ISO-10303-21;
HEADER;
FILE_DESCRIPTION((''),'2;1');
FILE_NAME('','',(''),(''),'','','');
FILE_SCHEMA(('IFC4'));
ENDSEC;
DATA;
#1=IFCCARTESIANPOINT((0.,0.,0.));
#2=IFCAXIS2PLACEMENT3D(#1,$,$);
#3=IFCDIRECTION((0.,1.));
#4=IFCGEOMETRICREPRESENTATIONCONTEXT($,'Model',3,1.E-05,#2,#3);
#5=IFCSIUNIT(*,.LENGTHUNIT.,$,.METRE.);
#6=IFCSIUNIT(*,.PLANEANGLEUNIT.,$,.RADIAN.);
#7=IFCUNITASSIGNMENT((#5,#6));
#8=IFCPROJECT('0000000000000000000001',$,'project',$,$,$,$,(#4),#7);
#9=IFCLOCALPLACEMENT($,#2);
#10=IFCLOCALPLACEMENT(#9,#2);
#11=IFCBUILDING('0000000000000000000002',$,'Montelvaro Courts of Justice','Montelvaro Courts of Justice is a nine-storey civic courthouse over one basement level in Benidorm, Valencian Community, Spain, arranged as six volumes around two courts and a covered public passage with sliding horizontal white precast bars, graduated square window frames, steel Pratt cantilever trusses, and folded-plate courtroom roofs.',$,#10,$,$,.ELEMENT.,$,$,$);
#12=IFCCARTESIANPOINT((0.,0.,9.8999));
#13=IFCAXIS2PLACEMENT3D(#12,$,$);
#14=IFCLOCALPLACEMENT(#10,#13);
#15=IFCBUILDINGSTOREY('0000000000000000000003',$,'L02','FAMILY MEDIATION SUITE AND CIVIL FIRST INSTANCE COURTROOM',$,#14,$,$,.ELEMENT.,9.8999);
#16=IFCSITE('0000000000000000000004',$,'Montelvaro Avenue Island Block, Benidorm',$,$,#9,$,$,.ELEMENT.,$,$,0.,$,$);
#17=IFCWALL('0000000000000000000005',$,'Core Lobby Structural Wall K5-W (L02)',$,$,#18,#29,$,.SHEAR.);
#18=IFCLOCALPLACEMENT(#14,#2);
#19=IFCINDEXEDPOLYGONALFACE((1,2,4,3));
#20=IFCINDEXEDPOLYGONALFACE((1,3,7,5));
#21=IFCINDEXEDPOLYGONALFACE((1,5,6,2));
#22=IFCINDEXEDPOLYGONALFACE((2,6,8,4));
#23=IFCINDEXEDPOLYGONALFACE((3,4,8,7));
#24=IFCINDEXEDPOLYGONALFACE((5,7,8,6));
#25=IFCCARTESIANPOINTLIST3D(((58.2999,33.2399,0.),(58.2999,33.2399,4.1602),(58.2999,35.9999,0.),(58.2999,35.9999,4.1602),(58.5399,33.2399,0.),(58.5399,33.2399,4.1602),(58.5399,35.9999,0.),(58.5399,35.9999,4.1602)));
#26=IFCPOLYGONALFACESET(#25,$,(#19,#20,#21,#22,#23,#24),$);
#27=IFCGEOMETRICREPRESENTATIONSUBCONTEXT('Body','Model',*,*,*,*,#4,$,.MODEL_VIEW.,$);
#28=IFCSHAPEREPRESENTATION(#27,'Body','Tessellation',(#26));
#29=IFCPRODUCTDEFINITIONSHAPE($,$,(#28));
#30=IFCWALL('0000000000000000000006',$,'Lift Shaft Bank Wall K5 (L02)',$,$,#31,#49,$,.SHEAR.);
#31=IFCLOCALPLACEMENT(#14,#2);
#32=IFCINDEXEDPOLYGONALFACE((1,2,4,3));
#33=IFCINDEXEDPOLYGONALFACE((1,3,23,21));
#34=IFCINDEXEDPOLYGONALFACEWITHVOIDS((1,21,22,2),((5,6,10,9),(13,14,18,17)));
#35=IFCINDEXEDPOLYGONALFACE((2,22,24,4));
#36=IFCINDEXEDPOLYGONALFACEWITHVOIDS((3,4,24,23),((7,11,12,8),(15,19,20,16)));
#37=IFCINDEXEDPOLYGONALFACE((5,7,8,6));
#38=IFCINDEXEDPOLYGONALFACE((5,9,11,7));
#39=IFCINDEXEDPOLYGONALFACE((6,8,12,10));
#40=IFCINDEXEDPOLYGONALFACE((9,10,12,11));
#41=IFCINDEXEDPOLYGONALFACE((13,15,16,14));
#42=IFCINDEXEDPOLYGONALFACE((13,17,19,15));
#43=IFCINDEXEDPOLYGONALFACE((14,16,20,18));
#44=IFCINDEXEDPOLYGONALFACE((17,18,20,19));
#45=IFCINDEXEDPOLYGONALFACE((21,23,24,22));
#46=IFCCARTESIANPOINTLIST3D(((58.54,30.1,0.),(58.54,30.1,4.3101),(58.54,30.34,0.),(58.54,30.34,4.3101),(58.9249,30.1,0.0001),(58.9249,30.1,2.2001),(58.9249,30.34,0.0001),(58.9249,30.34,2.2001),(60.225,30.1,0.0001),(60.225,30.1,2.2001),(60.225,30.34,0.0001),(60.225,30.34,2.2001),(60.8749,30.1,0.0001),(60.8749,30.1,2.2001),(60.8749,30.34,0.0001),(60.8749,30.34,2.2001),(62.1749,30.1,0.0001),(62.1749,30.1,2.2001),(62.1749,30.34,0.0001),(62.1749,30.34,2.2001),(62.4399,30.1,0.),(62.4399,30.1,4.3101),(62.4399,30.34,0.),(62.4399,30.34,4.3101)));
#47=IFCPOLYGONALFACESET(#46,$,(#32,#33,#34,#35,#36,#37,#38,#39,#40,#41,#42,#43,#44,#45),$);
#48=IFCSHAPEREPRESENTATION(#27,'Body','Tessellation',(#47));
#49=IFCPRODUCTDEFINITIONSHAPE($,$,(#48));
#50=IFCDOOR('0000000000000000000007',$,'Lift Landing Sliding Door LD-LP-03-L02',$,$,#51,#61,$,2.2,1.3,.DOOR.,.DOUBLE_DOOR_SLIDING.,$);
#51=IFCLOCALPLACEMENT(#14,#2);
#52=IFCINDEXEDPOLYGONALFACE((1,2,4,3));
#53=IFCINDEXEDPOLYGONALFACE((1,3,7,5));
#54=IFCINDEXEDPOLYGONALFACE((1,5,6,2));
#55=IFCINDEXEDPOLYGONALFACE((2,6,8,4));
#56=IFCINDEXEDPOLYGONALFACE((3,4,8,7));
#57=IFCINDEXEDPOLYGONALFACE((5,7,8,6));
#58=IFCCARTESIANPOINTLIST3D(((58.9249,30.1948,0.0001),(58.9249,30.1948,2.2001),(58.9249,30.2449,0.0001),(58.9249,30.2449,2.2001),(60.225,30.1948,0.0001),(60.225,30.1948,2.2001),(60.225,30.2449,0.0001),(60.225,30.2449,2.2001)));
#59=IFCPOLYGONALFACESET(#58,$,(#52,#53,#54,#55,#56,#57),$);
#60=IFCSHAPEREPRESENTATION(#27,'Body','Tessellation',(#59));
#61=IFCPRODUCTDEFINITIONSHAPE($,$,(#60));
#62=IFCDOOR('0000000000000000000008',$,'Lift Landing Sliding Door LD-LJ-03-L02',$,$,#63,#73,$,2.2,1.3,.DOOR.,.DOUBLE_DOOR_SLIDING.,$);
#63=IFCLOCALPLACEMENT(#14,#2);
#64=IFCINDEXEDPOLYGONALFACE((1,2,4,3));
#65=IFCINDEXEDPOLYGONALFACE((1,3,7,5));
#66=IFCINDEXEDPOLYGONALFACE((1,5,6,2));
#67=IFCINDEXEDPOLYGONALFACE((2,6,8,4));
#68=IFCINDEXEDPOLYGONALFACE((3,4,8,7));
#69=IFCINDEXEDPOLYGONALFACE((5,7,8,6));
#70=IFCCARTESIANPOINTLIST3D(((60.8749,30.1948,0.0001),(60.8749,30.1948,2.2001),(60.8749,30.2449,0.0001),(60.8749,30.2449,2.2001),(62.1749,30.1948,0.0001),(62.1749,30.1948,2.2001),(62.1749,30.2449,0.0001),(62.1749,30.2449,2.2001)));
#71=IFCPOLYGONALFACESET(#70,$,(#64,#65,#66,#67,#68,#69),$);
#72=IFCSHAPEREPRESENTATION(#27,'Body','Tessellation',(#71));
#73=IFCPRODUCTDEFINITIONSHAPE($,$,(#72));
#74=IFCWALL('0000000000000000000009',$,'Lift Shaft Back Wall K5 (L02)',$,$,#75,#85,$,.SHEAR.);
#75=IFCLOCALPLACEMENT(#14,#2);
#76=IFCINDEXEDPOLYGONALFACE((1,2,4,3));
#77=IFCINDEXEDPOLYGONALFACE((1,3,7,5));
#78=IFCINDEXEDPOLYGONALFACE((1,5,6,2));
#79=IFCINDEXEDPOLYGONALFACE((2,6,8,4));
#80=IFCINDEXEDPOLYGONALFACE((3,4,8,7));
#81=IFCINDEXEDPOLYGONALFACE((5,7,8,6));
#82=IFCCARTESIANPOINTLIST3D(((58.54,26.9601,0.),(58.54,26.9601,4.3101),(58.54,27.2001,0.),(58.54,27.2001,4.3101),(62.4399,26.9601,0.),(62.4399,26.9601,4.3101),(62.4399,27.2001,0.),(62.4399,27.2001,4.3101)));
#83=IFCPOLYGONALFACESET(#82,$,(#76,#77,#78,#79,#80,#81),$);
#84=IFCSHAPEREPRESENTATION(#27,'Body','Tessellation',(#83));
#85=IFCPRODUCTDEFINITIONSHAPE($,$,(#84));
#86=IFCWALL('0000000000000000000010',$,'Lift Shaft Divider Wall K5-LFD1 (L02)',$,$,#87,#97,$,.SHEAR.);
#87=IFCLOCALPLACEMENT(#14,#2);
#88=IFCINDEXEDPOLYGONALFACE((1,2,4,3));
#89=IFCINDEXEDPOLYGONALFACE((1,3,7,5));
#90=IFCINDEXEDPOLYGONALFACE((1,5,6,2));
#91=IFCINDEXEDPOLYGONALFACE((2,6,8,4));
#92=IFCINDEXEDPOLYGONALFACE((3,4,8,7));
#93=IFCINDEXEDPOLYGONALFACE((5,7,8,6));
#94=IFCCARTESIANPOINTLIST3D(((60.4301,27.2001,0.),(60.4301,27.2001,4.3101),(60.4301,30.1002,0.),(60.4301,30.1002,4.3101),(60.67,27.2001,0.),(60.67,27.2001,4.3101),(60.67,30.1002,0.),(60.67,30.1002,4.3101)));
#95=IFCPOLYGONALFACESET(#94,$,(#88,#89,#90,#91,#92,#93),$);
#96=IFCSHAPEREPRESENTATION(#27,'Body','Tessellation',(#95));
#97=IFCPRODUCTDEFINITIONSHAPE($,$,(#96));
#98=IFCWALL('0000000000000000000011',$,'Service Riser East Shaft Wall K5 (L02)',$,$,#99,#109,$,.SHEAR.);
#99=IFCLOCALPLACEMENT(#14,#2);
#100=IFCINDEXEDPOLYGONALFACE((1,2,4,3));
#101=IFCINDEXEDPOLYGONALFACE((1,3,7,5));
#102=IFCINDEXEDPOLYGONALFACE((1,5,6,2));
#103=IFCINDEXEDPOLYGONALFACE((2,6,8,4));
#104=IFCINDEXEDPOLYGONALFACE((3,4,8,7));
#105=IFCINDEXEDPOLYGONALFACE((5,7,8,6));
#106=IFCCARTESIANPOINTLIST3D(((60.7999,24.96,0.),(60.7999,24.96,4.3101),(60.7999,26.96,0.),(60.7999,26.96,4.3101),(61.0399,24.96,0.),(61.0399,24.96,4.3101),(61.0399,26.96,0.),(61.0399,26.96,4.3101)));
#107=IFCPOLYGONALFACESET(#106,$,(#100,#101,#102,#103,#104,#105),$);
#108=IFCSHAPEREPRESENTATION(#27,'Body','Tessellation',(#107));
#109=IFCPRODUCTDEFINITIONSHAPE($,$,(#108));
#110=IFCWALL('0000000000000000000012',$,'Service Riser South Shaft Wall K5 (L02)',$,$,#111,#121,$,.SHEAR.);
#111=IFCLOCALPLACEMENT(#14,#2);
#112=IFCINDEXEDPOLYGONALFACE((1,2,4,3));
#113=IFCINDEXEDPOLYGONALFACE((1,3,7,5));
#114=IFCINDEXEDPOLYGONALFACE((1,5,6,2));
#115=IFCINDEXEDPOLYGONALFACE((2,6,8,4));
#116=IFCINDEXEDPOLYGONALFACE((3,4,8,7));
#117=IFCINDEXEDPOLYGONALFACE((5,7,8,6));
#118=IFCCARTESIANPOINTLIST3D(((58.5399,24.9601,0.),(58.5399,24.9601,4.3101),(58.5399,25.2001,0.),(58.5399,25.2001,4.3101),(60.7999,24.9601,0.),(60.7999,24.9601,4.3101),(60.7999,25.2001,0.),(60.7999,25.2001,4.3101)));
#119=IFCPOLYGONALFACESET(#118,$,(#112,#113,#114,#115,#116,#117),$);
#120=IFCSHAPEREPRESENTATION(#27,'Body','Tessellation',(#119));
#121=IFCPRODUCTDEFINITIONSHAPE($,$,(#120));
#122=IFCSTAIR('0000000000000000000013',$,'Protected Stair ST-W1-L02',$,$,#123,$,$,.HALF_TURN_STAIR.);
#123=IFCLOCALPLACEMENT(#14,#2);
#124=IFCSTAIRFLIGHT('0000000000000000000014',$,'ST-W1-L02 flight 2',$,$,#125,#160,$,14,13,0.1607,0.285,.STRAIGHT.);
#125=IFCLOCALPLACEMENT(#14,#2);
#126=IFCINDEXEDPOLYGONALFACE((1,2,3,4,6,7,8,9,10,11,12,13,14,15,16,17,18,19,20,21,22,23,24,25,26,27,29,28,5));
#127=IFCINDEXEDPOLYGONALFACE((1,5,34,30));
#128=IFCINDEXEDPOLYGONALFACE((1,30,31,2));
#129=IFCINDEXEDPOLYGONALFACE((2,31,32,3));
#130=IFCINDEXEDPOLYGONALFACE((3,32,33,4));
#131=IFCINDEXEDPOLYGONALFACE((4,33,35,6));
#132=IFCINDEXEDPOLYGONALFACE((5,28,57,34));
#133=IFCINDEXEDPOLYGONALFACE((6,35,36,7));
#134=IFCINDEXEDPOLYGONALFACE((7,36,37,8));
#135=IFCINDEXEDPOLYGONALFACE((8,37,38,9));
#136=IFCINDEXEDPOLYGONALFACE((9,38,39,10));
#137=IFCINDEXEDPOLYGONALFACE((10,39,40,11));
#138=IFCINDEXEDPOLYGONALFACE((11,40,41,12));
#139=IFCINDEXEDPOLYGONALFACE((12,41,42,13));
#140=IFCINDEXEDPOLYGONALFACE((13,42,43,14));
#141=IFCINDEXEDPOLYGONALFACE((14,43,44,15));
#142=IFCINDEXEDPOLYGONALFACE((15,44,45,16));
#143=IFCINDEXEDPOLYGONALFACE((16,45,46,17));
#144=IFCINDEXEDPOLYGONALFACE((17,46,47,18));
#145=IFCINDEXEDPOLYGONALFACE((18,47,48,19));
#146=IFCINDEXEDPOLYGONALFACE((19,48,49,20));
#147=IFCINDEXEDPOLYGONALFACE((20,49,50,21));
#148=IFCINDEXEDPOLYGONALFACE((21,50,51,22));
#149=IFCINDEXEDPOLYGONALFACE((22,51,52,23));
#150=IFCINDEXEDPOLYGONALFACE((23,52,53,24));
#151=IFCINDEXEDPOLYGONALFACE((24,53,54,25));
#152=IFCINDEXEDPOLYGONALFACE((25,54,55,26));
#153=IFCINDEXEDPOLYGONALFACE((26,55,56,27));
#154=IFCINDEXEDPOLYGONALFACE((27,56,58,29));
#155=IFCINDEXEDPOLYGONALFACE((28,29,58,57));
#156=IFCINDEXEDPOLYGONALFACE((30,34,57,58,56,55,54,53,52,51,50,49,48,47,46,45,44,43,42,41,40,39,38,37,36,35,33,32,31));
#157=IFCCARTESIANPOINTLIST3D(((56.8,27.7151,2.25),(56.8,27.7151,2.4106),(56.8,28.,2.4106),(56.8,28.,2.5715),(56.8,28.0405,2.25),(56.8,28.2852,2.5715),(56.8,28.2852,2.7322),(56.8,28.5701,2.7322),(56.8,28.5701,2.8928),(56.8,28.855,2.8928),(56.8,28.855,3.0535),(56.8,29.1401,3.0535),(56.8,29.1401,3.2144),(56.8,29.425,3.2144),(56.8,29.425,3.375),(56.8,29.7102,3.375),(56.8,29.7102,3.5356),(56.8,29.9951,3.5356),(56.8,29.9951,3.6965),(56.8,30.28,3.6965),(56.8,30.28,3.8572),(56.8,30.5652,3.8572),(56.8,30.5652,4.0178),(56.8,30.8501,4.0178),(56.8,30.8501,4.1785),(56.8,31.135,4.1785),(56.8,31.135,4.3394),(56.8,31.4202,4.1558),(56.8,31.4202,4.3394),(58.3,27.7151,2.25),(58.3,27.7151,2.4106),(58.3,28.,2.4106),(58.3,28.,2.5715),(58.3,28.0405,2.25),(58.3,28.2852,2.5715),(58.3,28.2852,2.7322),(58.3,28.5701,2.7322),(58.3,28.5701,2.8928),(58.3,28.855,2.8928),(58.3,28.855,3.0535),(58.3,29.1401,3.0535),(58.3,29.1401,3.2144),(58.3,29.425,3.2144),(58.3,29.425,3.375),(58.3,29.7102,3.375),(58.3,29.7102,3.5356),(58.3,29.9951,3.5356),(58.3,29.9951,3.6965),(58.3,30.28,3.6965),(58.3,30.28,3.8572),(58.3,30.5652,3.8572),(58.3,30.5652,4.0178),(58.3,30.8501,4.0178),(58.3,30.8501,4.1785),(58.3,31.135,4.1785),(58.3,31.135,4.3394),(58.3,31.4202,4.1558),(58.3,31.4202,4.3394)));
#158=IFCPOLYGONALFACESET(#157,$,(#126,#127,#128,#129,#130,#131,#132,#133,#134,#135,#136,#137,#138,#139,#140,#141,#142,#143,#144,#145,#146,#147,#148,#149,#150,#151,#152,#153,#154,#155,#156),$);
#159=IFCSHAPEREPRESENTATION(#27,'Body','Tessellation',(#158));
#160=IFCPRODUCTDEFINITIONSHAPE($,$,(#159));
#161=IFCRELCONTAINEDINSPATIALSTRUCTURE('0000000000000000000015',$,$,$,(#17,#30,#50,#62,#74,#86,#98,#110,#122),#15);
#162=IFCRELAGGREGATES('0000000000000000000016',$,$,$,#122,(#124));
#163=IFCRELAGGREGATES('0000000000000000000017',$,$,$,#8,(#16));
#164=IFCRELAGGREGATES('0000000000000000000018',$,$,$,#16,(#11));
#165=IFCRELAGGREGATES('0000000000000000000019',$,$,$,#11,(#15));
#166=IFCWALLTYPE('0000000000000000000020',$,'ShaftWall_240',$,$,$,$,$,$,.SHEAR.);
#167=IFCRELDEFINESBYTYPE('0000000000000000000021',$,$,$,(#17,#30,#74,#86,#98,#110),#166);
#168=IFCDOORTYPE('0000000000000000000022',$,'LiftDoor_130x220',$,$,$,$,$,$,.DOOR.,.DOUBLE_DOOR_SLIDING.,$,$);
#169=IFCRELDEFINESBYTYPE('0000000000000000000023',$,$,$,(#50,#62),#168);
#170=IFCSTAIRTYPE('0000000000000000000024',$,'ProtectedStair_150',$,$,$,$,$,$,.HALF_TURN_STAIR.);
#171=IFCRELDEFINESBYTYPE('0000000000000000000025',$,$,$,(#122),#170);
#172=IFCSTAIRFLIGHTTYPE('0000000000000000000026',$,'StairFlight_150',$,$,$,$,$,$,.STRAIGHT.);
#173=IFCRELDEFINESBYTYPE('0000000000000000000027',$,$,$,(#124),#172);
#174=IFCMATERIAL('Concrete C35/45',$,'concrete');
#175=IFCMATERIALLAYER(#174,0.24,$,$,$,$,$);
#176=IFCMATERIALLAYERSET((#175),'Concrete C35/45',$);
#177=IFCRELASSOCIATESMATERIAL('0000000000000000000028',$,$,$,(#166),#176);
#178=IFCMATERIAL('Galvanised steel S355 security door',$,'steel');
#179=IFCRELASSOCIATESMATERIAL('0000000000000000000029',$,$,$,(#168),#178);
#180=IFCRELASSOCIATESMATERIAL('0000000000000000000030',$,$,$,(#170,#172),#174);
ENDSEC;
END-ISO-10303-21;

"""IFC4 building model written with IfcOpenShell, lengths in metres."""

from ifc_helpers import new_model, si_unit, direction, frame, frame_2d, origin, place, context, subcontext, project, spatial, polyline, rectangle, outline, extrude, material, layer, layer_set, type_object, element, fill, aggregate, save


model = new_model("IFC4")

# Units and contexts
model_context = context("Model", 3, precision=1e-05, world=origin(), true_north=direction((0.0, 1.0)))
body_context = subcontext(model_context, "Body", "Model", "MODEL_VIEW")
ifc_project = project(units=[si_unit("LENGTHUNIT", "METRE"), si_unit("PLANEANGLEUNIT", "RADIAN")], contexts=[model_context])

# Site, building, storey
site_placement = place(None, origin())
site = spatial("IfcSite", under=ifc_project, at=site_placement, Name="Montelvaro Avenue Island Block, Benidorm", CompositionType="ELEMENT", RefElevation=0.0)
building_placement = place(site_placement, origin())
building = spatial("IfcBuilding", under=site, at=building_placement, Name="Montelvaro Courts of Justice", Description="Montelvaro Courts of Justice is a nine-storey civic courthouse over one basement level in Benidorm, Valencian Community, Spain, arranged as six volumes around two courts and a covered public passage with sliding horizontal white precast bars, graduated square window frames, steel Pratt cantilever trusses, and folded-plate courtroom roofs.", CompositionType="ELEMENT")
storey_placement = place(building_placement, frame((0.0, 0.0, 9.8999)))
storey = spatial("IfcBuildingStorey", under=building, at=storey_placement, Name="L02", Description="FAMILY MEDIATION SUITE AND CIVIL FIRST INSTANCE COURTROOM", CompositionType="ELEMENT", Elevation=9.8999)

# Shared definitions
ifc_material_1 = material(Name="Galvanised steel S355 security door", Category="steel")

# Shared definitions
ifc_material_2 = material(Name="Concrete C35/45", Category="concrete")
ifc_layer_1 = layer(ifc_material_2, 0.24)
ifc_layer_set_1 = layer_set([ifc_layer_1], Name="Concrete C35/45")
wall_type_1 = type_object("IfcWallType", Name="ShaftWall_240", PredefinedType="SHEAR", material=ifc_layer_set_1)

# Wall
wall_1_placement = place(storey_placement, frame((58.4199, 33.24, 0.0), z_axis=(0.0, 0.0, 1.0), x_axis=(0.0, 1.0, 0.0)))
element("IfcWall", 1, at=wall_1_placement, inside=storey, type_object=wall_type_1, Name="Core Lobby Structural Wall K5-W (L02)", PredefinedType="SHEAR", context=body_context, shape_type="SweptSolid", body=[
    extrude(rectangle(XDim=2.76, YDim=0.24, at=frame_2d((1.3799, 0.0))), origin(), (0.0, 0.0, 1.0), 4.1602),
])

# Wall, openings, doors
wall_2_placement = place(storey_placement, frame((58.54, 30.22, 0.0), z_axis=(0.0, 0.0, 1.0), x_axis=(1.0, 0.0, 0.0)))
wall_2 = element("IfcWall", 2, at=wall_2_placement, inside=storey, type_object=wall_type_1, Name="Lift Shaft Bank Wall K5 (L02)", PredefinedType="SHEAR", context=body_context, shape_type="SweptSolid", body=[
    extrude(rectangle(XDim=3.8999, YDim=0.24, at=frame_2d((1.95, 0.0))), origin(), (0.0, 0.0, 1.0), 4.3101),
])
opening_1_placement = place(wall_2_placement, frame((0.385, 0.0, 0.0)))
opening_1 = element("IfcOpeningElement", 3, at=opening_1_placement, cuts=wall_2, PredefinedType="OPENING", context=body_context, shape_type="SweptSolid", body=[
    extrude(rectangle(XDim=1.3, YDim=2.2, at=frame_2d((0.6499, 1.1001))), frame((0.0, 0.1348, 0.0), z_axis=(0.0, -1.0, 0.0), x_axis=(1.0, 0.0, 0.0)), (0.0, 0.0, 1.0), 0.2698),
])
opening_2_placement = place(wall_2_placement, frame((2.335, 0.0, 0.0)))
opening_2 = element("IfcOpeningElement", 4, at=opening_2_placement, cuts=wall_2, PredefinedType="OPENING", context=body_context, shape_type="SweptSolid", body=[
    extrude(rectangle(XDim=1.3, YDim=2.2, at=frame_2d((0.6499, 1.1001))), frame((0.0, 0.1348, 0.0), z_axis=(0.0, -1.0, 0.0), x_axis=(1.0, 0.0, 0.0)), (0.0, 0.0, 1.0), 0.2698),
])
door_type_1 = type_object("IfcDoorType", Name="LiftDoor_130x220", OperationType="DOUBLE_DOOR_SLIDING", PredefinedType="DOOR", material=ifc_material_1)
door_1_placement = place(opening_1_placement, origin())
door_1 = element("IfcDoor", 5, at=door_1_placement, inside=storey, type_object=door_type_1, Name="Lift Landing Sliding Door LD-LP-03-L02", OperationType="DOUBLE_DOOR_SLIDING", OverallHeight=2.2, OverallWidth=1.3, PredefinedType="DOOR", context=body_context, shape_type="SweptSolid", body=[
    extrude(rectangle(XDim=1.3, YDim=2.2, at=frame_2d((0.6499, 1.1001))), frame((0.0, 0.0249, 0.0), z_axis=(0.0, -1.0, 0.0), x_axis=(1.0, 0.0, 0.0)), (0.0, 0.0, 1.0), 0.05),
])
fill(opening_1, door_1)
door_2_placement = place(opening_2_placement, origin())
door_2 = element("IfcDoor", 6, at=door_2_placement, inside=storey, type_object=door_type_1, Name="Lift Landing Sliding Door LD-LJ-03-L02", OperationType="DOUBLE_DOOR_SLIDING", OverallHeight=2.2, OverallWidth=1.3, PredefinedType="DOOR", context=body_context, shape_type="SweptSolid", body=[
    extrude(rectangle(XDim=1.3, YDim=2.2, at=frame_2d((0.6499, 1.1001))), frame((0.0, 0.0249, 0.0), z_axis=(0.0, -1.0, 0.0), x_axis=(1.0, 0.0, 0.0)), (0.0, 0.0, 1.0), 0.05),
])
fill(opening_2, door_2)

# Walls
wall_3_placement = place(storey_placement, frame((58.54, 27.0801, 0.0), z_axis=(0.0, 0.0, 1.0), x_axis=(1.0, 0.0, 0.0)))
element("IfcWall", 7, at=wall_3_placement, inside=storey, type_object=wall_type_1, Name="Lift Shaft Back Wall K5 (L02)", PredefinedType="SHEAR", context=body_context, shape_type="SweptSolid", body=[
    extrude(rectangle(XDim=3.8999, YDim=0.24, at=frame_2d((1.95, 0.0))), origin(), (0.0, 0.0, 1.0), 4.3101),
])
wall_4_placement = place(storey_placement, frame((60.55, 27.2, 0.0), z_axis=(0.0, 0.0, 1.0), x_axis=(0.0, 1.0, 0.0)))
element("IfcWall", 8, at=wall_4_placement, inside=storey, type_object=wall_type_1, Name="Lift Shaft Divider Wall K5-LFD1 (L02)", PredefinedType="SHEAR", context=body_context, shape_type="SweptSolid", body=[
    extrude(rectangle(XDim=2.9001, YDim=0.24, at=frame_2d((1.4502, 0.0))), origin(), (0.0, 0.0, 1.0), 4.3101),
])
wall_5_placement = place(storey_placement, frame((60.9199, 24.96, 0.0), z_axis=(0.0, 0.0, 1.0), x_axis=(0.0, 1.0, 0.0)))
element("IfcWall", 9, at=wall_5_placement, inside=storey, type_object=wall_type_1, Name="Service Riser East Shaft Wall K5 (L02)", PredefinedType="SHEAR", context=body_context, shape_type="SweptSolid", body=[
    extrude(rectangle(XDim=2.0, YDim=0.24, at=frame_2d((1.0, 0.0))), origin(), (0.0, 0.0, 1.0), 4.3101),
])
wall_6_placement = place(storey_placement, frame((58.54, 25.0801, 0.0), z_axis=(0.0, 0.0, 1.0), x_axis=(1.0, 0.0, 0.0)))
element("IfcWall", 10, at=wall_6_placement, inside=storey, type_object=wall_type_1, Name="Service Riser South Shaft Wall K5 (L02)", PredefinedType="SHEAR", context=body_context, shape_type="SweptSolid", body=[
    extrude(rectangle(XDim=2.26, YDim=0.24, at=frame_2d((1.1299, 0.0))), origin(), (0.0, 0.0, 1.0), 4.3101),
])

# Stair, stair flight
stair_type = type_object("IfcStairType", Name="ProtectedStair_150", PredefinedType="HALF_TURN_STAIR", material=ifc_material_2)
stair_placement = place(storey_placement, origin())
stair = element("IfcStair", 11, at=stair_placement, inside=storey, type_object=stair_type, Name="Protected Stair ST-W1-L02", PredefinedType="HALF_TURN_STAIR")
stair_flight_type = type_object("IfcStairFlightType", Name="StairFlight_150", PredefinedType="STRAIGHT", material=ifc_material_2)
stair_flight_placement = place(storey_placement, frame((57.55, 27.7151, 2.25), z_axis=(0.0, 0.0, 1.0), x_axis=(0.0, 1.0, 0.0)))
stair_flight = element("IfcStairFlight", 12, at=stair_flight_placement, type_object=stair_flight_type, Name="ST-W1-L02 flight 2", NumberOfRisers=14, NumberOfTreads=13, PredefinedType="STRAIGHT", RiserHeight=0.1607, TreadLength=0.285, context=body_context, shape_type="SweptSolid", body=[
    extrude(outline(polyline([(0.0, 0.0), (0.0, 0.1606), (0.2849, 0.1606), (0.2849, 0.3215), (0.5701, 0.3215), (0.5701, 0.4822), (0.855, 0.4822), (0.855, 0.6428), (1.1399, 0.6428), (1.1399, 0.8035), (1.425, 0.8035), (1.425, 0.9644), (1.71, 0.9644), (1.71, 1.125), (1.9951, 1.125), (1.9951, 1.2856), (2.28, 1.2856), (2.28, 1.4465), (2.5649, 1.4465), (2.5649, 1.6072), (2.8501, 1.6072), (2.8501, 1.7678), (3.135, 1.7678), (3.135, 1.9285), (3.4199, 1.9285), (3.4199, 2.0894), (3.7051, 2.0894), (3.7051, 2.25), (3.7051, 1.9058), (0.3254, 0.0), (0.0, 0.0)])), frame((0.0, 0.75, 0.0), z_axis=(0.0, -1.0, 0.0), x_axis=(1.0, 0.0, 0.0)), (0.0, 0.0, 1.0), 1.5),
])
aggregate(stair, [stair_flight])

save(model, "model.ifc")
